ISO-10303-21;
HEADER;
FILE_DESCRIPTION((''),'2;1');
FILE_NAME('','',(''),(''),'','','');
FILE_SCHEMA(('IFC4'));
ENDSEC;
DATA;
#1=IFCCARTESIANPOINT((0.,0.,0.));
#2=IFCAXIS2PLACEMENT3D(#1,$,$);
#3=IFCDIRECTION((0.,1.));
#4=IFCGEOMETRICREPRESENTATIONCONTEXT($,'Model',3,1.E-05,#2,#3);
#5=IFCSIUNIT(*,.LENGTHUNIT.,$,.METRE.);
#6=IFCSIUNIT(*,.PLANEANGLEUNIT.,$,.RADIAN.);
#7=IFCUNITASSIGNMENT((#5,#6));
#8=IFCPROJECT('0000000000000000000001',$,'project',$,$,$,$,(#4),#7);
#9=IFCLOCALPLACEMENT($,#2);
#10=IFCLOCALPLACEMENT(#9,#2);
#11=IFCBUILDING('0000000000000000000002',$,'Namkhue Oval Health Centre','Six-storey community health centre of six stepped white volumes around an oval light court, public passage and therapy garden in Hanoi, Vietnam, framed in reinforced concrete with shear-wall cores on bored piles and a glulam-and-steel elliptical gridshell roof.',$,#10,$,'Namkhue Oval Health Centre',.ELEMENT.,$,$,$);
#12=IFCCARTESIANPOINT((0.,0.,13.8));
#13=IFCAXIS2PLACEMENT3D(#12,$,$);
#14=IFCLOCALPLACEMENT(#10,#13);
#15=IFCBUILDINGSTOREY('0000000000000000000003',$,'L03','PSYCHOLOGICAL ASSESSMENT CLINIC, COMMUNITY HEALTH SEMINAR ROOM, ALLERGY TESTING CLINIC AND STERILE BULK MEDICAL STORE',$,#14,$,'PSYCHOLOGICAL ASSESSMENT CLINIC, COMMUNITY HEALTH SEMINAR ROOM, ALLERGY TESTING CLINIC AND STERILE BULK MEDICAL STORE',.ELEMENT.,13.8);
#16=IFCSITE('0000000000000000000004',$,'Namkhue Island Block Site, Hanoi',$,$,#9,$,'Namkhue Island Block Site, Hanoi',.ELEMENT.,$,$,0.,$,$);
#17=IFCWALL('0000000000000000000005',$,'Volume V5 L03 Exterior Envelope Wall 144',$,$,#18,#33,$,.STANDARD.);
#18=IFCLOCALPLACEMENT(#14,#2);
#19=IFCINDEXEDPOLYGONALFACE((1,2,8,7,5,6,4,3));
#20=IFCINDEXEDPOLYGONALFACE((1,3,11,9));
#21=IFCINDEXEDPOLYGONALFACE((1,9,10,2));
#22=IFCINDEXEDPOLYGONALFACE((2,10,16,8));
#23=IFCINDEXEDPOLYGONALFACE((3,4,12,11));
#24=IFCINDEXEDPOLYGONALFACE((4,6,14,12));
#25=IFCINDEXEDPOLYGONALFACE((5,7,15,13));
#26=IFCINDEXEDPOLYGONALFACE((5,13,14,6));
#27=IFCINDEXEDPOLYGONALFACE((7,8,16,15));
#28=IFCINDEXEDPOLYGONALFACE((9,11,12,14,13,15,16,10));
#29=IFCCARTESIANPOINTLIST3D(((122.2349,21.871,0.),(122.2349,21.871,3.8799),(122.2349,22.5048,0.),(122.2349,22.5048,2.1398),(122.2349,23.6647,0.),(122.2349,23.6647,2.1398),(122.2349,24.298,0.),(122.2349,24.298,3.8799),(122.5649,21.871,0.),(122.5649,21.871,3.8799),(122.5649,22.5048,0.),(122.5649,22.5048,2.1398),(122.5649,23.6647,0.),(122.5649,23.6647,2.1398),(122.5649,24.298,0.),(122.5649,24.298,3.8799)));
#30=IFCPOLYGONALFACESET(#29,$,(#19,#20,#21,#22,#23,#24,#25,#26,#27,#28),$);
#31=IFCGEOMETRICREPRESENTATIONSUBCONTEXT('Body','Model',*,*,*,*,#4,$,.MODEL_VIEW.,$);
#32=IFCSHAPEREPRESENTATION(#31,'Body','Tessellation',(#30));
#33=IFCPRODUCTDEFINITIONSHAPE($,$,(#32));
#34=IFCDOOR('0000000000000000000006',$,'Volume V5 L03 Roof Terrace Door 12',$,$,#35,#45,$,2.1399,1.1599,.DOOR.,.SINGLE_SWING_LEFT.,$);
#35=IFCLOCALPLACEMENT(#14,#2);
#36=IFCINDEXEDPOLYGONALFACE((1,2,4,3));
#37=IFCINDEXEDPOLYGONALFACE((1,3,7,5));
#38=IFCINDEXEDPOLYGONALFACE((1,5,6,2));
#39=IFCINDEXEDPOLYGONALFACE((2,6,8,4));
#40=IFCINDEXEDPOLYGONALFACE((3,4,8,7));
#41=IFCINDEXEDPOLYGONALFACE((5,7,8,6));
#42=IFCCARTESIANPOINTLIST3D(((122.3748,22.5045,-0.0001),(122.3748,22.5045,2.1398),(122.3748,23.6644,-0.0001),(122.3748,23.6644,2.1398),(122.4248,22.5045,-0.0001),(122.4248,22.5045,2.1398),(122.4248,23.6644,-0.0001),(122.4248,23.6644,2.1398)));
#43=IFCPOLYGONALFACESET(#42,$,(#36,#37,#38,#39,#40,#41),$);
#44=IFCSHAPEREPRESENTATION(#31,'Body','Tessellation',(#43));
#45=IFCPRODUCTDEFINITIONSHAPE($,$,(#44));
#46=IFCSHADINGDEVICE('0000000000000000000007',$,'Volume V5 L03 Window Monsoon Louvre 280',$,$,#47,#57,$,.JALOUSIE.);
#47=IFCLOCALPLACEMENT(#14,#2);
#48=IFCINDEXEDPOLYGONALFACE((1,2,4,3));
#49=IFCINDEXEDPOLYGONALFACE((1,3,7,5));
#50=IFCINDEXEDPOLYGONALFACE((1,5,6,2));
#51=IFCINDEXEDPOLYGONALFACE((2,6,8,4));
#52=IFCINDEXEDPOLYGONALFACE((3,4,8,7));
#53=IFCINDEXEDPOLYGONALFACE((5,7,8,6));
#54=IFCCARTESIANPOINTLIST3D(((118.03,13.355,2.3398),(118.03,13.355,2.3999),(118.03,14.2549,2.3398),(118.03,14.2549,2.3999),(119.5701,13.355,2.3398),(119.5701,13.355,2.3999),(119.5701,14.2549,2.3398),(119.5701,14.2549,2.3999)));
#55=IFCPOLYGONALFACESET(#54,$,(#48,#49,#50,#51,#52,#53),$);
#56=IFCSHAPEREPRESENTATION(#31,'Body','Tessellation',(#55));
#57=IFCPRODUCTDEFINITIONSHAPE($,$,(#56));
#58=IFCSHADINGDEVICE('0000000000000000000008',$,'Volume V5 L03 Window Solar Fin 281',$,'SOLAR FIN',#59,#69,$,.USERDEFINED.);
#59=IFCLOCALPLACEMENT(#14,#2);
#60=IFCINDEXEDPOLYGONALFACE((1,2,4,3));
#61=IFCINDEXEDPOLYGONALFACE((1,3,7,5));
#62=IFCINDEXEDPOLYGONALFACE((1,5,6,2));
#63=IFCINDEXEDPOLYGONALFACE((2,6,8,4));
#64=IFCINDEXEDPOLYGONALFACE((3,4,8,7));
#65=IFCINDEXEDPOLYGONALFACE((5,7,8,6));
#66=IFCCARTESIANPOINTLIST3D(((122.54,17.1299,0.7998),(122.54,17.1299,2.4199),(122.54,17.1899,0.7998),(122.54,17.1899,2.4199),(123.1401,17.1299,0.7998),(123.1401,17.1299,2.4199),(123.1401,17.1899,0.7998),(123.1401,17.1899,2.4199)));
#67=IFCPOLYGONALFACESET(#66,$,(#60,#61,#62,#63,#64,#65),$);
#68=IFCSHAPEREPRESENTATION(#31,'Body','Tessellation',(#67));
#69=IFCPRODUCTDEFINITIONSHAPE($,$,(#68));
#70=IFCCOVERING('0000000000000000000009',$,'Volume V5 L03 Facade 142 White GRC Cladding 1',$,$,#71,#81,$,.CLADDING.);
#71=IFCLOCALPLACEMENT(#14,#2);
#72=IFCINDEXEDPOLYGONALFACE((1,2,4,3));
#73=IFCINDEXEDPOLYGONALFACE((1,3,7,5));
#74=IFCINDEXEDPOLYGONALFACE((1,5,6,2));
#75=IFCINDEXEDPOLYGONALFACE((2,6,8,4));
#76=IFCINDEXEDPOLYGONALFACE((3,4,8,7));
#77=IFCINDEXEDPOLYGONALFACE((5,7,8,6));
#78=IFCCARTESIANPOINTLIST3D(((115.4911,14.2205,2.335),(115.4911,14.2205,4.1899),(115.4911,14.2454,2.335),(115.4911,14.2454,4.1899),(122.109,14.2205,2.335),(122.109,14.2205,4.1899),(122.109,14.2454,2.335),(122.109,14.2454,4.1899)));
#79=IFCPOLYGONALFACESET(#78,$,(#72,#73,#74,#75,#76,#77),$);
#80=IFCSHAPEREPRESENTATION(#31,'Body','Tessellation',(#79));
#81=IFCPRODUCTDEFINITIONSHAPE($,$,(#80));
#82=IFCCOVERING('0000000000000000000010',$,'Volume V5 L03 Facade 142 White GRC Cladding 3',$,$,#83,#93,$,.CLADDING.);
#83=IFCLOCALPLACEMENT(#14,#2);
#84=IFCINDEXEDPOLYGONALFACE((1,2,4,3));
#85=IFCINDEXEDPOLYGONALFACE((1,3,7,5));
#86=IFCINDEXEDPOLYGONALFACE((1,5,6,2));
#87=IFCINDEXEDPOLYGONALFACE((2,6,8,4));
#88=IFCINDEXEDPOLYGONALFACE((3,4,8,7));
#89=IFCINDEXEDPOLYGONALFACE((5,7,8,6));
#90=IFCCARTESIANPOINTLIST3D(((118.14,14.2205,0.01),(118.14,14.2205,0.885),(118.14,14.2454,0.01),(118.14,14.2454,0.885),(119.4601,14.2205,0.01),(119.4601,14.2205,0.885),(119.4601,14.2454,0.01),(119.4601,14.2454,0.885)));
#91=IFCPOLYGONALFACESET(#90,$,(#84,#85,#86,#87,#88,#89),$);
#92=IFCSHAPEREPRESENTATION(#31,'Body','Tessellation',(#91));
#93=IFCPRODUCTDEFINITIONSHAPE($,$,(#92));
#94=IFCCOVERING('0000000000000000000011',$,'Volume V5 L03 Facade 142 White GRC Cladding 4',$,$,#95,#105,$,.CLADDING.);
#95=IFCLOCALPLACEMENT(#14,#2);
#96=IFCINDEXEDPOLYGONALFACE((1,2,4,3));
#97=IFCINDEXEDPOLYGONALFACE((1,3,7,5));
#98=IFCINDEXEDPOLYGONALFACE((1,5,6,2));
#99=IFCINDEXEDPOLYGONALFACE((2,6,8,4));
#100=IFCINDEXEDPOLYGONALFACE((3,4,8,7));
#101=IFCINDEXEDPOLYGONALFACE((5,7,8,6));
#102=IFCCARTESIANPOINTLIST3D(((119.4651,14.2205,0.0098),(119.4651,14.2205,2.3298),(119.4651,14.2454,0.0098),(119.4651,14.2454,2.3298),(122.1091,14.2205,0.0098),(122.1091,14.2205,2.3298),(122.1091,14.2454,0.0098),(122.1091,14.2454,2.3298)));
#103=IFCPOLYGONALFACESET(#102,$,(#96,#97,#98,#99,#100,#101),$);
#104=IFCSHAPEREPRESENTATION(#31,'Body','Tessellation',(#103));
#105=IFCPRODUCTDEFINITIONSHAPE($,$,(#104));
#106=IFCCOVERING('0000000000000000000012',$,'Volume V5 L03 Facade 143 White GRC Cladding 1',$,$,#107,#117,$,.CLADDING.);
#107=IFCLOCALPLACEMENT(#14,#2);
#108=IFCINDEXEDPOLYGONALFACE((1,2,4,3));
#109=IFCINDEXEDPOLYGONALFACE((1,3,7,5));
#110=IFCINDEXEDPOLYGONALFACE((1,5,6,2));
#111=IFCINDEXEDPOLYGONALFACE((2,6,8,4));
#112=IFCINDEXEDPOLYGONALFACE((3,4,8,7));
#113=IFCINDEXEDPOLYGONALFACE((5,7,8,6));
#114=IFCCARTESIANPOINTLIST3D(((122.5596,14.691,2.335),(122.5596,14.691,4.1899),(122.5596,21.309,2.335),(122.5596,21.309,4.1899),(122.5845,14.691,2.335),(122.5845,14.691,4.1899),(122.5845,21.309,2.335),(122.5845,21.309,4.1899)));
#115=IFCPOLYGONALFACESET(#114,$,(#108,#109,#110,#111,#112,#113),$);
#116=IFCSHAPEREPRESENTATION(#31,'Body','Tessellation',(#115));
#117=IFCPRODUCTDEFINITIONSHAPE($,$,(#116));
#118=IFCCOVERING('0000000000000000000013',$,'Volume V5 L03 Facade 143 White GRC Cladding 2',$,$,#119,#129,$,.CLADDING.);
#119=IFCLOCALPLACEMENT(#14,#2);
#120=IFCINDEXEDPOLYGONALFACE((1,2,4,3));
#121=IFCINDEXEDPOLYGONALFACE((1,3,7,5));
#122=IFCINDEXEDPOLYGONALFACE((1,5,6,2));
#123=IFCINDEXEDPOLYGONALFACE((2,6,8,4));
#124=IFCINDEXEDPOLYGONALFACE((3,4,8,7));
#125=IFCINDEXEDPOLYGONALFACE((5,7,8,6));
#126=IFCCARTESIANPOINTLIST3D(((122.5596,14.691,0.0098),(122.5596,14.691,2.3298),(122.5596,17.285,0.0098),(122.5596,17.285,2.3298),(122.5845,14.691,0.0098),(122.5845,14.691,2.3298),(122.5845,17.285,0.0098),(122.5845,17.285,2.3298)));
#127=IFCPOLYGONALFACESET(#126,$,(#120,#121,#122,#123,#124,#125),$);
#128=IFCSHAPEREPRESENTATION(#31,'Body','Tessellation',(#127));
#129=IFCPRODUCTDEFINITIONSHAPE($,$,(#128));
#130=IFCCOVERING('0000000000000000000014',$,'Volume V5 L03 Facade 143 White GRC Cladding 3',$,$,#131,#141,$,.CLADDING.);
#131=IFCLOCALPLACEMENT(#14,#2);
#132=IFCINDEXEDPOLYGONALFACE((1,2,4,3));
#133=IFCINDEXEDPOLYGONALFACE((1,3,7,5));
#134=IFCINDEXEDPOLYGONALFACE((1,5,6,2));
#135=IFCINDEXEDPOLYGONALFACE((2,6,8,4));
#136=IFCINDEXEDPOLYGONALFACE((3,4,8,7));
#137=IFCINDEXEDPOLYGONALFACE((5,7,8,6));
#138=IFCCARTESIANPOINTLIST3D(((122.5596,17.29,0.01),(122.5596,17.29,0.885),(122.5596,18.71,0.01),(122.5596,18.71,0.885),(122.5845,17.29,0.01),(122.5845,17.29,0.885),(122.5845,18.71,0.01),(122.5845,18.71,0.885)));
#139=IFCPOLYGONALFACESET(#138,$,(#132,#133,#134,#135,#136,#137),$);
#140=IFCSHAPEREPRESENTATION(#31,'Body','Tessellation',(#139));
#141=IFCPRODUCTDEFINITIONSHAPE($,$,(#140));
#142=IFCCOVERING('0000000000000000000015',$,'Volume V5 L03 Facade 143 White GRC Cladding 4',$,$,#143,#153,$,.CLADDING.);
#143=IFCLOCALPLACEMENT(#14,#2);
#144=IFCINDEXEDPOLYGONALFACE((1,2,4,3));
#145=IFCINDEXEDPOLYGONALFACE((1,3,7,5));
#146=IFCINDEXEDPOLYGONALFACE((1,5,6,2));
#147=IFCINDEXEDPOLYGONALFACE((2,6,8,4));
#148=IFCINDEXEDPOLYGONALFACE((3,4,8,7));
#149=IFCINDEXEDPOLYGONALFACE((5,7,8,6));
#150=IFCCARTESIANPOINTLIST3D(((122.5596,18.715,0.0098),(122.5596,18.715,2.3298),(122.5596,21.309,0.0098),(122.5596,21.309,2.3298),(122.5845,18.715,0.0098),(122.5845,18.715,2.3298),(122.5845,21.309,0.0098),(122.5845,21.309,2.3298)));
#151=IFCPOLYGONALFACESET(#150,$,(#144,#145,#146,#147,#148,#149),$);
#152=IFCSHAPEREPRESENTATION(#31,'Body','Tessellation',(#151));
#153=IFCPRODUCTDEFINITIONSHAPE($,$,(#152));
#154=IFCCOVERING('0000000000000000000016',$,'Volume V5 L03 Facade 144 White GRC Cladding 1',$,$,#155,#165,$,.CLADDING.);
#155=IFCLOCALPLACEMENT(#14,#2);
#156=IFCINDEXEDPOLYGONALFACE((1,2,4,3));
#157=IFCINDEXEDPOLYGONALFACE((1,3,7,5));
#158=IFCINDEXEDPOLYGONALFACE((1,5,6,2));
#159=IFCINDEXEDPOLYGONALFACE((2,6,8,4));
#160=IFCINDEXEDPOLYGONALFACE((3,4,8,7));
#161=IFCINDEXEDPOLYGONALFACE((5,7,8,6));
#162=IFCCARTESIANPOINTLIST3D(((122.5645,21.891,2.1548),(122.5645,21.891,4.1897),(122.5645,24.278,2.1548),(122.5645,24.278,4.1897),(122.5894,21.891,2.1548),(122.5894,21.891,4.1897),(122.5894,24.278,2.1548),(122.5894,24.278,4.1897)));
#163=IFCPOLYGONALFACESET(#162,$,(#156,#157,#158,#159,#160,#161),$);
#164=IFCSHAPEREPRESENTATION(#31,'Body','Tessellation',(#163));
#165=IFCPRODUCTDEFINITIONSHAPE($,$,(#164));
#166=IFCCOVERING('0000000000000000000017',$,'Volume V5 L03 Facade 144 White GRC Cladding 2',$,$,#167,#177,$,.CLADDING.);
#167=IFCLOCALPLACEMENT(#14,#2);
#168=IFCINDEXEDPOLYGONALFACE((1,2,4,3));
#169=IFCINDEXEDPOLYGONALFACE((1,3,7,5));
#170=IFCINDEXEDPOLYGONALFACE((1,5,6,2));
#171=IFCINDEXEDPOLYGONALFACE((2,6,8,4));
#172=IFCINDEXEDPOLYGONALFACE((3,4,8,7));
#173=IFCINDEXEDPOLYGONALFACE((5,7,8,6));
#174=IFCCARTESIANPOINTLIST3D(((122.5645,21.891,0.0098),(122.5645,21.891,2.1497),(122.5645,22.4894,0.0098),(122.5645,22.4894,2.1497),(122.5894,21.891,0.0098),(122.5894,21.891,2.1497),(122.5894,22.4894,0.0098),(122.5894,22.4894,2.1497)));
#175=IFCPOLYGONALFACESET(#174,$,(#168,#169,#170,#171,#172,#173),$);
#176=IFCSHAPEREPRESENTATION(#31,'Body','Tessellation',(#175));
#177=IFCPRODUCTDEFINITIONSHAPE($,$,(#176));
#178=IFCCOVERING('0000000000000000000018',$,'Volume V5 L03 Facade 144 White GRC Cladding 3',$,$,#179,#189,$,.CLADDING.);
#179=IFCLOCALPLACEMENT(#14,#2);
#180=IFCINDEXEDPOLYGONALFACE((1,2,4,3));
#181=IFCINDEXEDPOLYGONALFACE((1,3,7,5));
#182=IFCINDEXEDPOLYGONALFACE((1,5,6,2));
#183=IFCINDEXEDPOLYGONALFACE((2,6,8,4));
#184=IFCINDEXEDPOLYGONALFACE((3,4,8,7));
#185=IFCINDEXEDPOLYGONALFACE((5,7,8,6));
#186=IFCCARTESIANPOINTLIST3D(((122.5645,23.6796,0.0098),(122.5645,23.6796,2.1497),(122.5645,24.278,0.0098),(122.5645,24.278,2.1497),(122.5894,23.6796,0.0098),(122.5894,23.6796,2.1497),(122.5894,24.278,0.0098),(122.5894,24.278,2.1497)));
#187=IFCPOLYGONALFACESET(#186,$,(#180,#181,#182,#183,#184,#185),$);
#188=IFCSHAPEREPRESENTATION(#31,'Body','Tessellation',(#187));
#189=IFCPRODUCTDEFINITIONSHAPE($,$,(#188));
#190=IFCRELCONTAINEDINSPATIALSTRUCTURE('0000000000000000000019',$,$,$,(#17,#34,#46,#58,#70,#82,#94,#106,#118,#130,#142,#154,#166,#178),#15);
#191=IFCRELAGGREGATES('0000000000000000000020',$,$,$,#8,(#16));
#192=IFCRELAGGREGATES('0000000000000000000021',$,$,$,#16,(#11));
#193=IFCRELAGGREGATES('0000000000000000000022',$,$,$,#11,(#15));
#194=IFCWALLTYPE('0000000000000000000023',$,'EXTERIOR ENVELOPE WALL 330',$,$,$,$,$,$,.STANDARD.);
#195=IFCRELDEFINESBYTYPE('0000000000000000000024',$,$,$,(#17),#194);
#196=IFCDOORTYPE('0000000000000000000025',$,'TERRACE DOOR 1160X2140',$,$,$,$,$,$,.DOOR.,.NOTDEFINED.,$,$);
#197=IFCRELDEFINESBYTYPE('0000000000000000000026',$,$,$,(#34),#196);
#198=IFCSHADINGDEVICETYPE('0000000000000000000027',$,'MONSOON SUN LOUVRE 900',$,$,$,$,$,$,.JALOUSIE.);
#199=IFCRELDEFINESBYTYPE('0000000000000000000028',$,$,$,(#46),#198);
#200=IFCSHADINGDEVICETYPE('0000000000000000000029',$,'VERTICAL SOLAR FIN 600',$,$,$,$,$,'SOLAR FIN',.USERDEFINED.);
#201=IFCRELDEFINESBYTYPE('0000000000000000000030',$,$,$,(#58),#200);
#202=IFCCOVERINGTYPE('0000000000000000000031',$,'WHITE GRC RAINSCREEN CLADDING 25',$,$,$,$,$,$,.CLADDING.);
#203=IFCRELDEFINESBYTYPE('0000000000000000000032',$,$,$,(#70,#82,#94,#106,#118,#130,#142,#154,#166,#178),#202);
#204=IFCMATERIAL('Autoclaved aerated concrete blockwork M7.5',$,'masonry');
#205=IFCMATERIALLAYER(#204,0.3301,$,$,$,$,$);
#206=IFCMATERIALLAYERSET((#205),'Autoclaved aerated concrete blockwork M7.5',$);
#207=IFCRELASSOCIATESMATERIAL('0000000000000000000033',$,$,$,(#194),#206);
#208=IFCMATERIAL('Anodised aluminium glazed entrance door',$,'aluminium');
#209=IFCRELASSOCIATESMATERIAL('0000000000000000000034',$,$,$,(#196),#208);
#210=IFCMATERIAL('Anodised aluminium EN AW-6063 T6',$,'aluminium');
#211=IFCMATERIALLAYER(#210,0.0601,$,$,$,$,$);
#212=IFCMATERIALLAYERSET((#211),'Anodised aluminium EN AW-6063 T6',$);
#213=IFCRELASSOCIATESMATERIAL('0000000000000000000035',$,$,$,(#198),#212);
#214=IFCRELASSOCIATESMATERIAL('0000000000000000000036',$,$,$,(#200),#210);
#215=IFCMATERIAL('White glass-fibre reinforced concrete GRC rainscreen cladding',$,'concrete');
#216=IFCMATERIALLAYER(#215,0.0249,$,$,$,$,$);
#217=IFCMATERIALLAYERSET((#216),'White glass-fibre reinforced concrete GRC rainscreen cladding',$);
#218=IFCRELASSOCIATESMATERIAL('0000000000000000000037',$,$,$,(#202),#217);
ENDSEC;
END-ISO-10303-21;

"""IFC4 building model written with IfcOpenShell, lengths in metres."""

from ifc_helpers import new_model, si_unit, direction, frame, frame_2d, origin, origin_2d, place, context, subcontext, project, spatial, rectangle, extrude, material, layer, layer_set, type_object, element, fill, save


model = new_model("IFC4")

# Units and contexts
model_context = context("Model", 3, precision=1e-05, world=origin(), true_north=direction((0.0, 1.0)))
body_context = subcontext(model_context, "Body", "Model", "MODEL_VIEW")
ifc_project = project(units=[si_unit("LENGTHUNIT", "METRE"), si_unit("PLANEANGLEUNIT", "RADIAN")], contexts=[model_context])

# Site, building, storey
site_placement = place(None, origin())
site = spatial("IfcSite", under=ifc_project, at=site_placement, Name="Namkhue Island Block Site, Hanoi", LongName="Namkhue Island Block Site, Hanoi", CompositionType="ELEMENT", RefElevation=0.0)
building_placement = place(site_placement, origin())
building = spatial("IfcBuilding", under=site, at=building_placement, Name="Namkhue Oval Health Centre", Description="Six-storey community health centre of six stepped white volumes around an oval light court, public passage and therapy garden in Hanoi, Vietnam, framed in reinforced concrete with shear-wall cores on bored piles and a glulam-and-steel elliptical gridshell roof.", LongName="Namkhue Oval Health Centre", CompositionType="ELEMENT")
storey_placement = place(building_placement, frame((0.0, 0.0, 13.8)))
storey = spatial("IfcBuildingStorey", under=building, at=storey_placement, Name="L03", Description="PSYCHOLOGICAL ASSESSMENT CLINIC, COMMUNITY HEALTH SEMINAR ROOM, ALLERGY TESTING CLINIC AND STERILE BULK MEDICAL STORE", LongName="PSYCHOLOGICAL ASSESSMENT CLINIC, COMMUNITY HEALTH SEMINAR ROOM, ALLERGY TESTING CLINIC AND STERILE BULK MEDICAL STORE", CompositionType="ELEMENT", Elevation=13.8)

# Shared definitions
ifc_material_1 = material(Name="Autoclaved aerated concrete blockwork M7.5", Category="masonry")

# Wall, opening, door
ifc_layer_1 = layer(ifc_material_1, 0.3301)
ifc_layer_set_1 = layer_set([ifc_layer_1], Name="Autoclaved aerated concrete blockwork M7.5")
wall_type_1 = type_object("IfcWallType", Name="EXTERIOR ENVELOPE WALL 330", PredefinedType="STANDARD", material=ifc_layer_set_1)
wall_1_placement = place(storey_placement, frame((122.3999, 21.8711, 0.0), z_axis=(0.0, 0.0, 1.0), x_axis=(0.0, 1.0, 0.0)))
wall_1 = element("IfcWall", 1, at=wall_1_placement, inside=storey, type_object=wall_type_1, Name="Volume V5 L03 Exterior Envelope Wall 144", PredefinedType="STANDARD", context=body_context, shape_type="SweptSolid", body=[
    extrude(rectangle(XDim=2.427, YDim=0.3301, at=frame_2d((1.2134, 0.0))), origin(), (0.0, 0.0, 1.0), 3.8799),
])
opening_1_placement = place(wall_1_placement, frame((0.6335, 0.0, 0.0)))
opening_1 = element("IfcOpeningElement", 2, at=opening_1_placement, cuts=wall_1, PredefinedType="OPENING", context=body_context, shape_type="SweptSolid", body=[
    extrude(rectangle(XDim=1.1599, YDim=2.1399, at=frame_2d((0.5801, 1.0698))), frame((0.0, 0.175, 0.0), z_axis=(0.0, -1.0, 0.0), x_axis=(1.0, 0.0, 0.0)), (0.0, 0.0, 1.0), 0.3501),
])
ifc_material_2 = material(Name="Anodised aluminium glazed entrance door", Category="aluminium")
door_type = type_object("IfcDoorType", Name="TERRACE DOOR 1160X2140", OperationType="NOTDEFINED", PredefinedType="DOOR", material=ifc_material_2)
door_placement = place(opening_1_placement, frame((1.1599, 0.0, 0.0), z_axis=(0.0, 0.0, 1.0), x_axis=(-1.0, 0.0, 0.0)))
door = element("IfcDoor", 3, at=door_placement, inside=storey, type_object=door_type, Name="Volume V5 L03 Roof Terrace Door 12", OperationType="SINGLE_SWING_LEFT", OverallHeight=2.1399, OverallWidth=1.1599, PredefinedType="DOOR", context=body_context, shape_type="SweptSolid", body=[
    extrude(rectangle(XDim=1.1599, YDim=2.1399, at=frame_2d((0.5801, 1.0698))), frame((0.0, 0.0249, 0.0), z_axis=(0.0, -1.0, 0.0), x_axis=(1.0, 0.0, 0.0)), (0.0, 0.0, 1.0), 0.05),
])
fill(opening_1, door)

# Shading devices
ifc_material_3 = material(Name="Anodised aluminium EN AW-6063 T6", Category="aluminium")
ifc_layer_2 = layer(ifc_material_3, 0.0601)
ifc_layer_set_2 = layer_set([ifc_layer_2], Name="Anodised aluminium EN AW-6063 T6")
shading_device_type_1 = type_object("IfcShadingDeviceType", Name="MONSOON SUN LOUVRE 900", PredefinedType="JALOUSIE", material=ifc_layer_set_2)
shading_device_1_placement = place(storey_placement, frame((118.8, 13.8049, 2.3398), z_axis=(0.0, 0.0, 1.0), x_axis=(1.0, 0.0, 0.0)))
element("IfcShadingDevice", 4, at=shading_device_1_placement, inside=storey, type_object=shading_device_type_1, Name="Volume V5 L03 Window Monsoon Louvre 280", PredefinedType="JALOUSIE", context=body_context, shape_type="SweptSolid", body=[
    extrude(rectangle(XDim=1.54, YDim=0.8999, at=origin_2d()), origin(), (0.0, 0.0, 1.0), 0.0601),
])
shading_device_type_2 = type_object("IfcShadingDeviceType", Name="VERTICAL SOLAR FIN 600", ElementType="SOLAR FIN", PredefinedType="USERDEFINED", material=ifc_material_3)
shading_device_2_placement = place(storey_placement, frame((122.8401, 17.1599, 0.7998), z_axis=(0.0, 0.0, 1.0), x_axis=(1.0, 0.0, 0.0)))
element("IfcShadingDevice", 5, at=shading_device_2_placement, inside=storey, type_object=shading_device_type_2, Name="Volume V5 L03 Window Solar Fin 281", ObjectType="SOLAR FIN", PredefinedType="USERDEFINED", context=body_context, shape_type="SweptSolid", body=[
    extrude(rectangle(XDim=0.6001, YDim=0.0601, at=origin_2d()), origin(), (0.0, 0.0, 1.0), 1.6201),
])

# Coverings
ifc_material_4 = material(Name="White glass-fibre reinforced concrete GRC rainscreen cladding", Category="concrete")
ifc_layer_3 = layer(ifc_material_4, 0.0249)
ifc_layer_set_3 = layer_set([ifc_layer_3], Name="White glass-fibre reinforced concrete GRC rainscreen cladding")
covering_type = type_object("IfcCoveringType", Name="WHITE GRC RAINSCREEN CLADDING 25", PredefinedType="CLADDING", material=ifc_layer_set_3)
covering_1_placement = place(storey_placement, frame((118.8, 14.2329, 2.335), z_axis=(0.0, 0.0, 1.0), x_axis=(1.0, 0.0, 0.0)))
element("IfcCovering", 6, at=covering_1_placement, inside=storey, type_object=covering_type, Name="Volume V5 L03 Facade 142 White GRC Cladding 1", PredefinedType="CLADDING", context=body_context, shape_type="SweptSolid", body=[
    extrude(rectangle(XDim=6.6179, YDim=0.0249, at=origin_2d()), origin(), (0.0, 0.0, 1.0), 1.855),
])
covering_2_placement = place(storey_placement, frame((118.8, 14.2329, 0.01), z_axis=(0.0, 0.0, 1.0), x_axis=(1.0, 0.0, 0.0)))
element("IfcCovering", 7, at=covering_2_placement, inside=storey, type_object=covering_type, Name="Volume V5 L03 Facade 142 White GRC Cladding 3", PredefinedType="CLADDING", context=body_context, shape_type="SweptSolid", body=[
    extrude(rectangle(XDim=1.3201, YDim=0.0249, at=origin_2d()), origin(), (0.0, 0.0, 1.0), 0.875),
])
covering_3_placement = place(storey_placement, frame((120.7871, 14.2329, 0.0098), z_axis=(0.0, 0.0, 1.0), x_axis=(1.0, 0.0, 0.0)))
element("IfcCovering", 8, at=covering_3_placement, inside=storey, type_object=covering_type, Name="Volume V5 L03 Facade 142 White GRC Cladding 4", PredefinedType="CLADDING", context=body_context, shape_type="SweptSolid", body=[
    extrude(rectangle(XDim=2.644, YDim=0.0249, at=origin_2d()), origin(), (0.0, 0.0, 1.0), 2.3201),
])
covering_4_placement = place(storey_placement, frame((122.572, 18.0, 2.335), z_axis=(0.0, 0.0, 1.0), x_axis=(0.0, 1.0, 0.0)))
element("IfcCovering", 9, at=covering_4_placement, inside=storey, type_object=covering_type, Name="Volume V5 L03 Facade 143 White GRC Cladding 1", PredefinedType="CLADDING", context=body_context, shape_type="SweptSolid", body=[
    extrude(rectangle(XDim=6.6179, YDim=0.0249, at=origin_2d()), origin(), (0.0, 0.0, 1.0), 1.855),
])
covering_5_placement = place(storey_placement, frame((122.572, 15.988, 0.0098), z_axis=(0.0, 0.0, 1.0), x_axis=(0.0, 1.0, 0.0)))
element("IfcCovering", 10, at=covering_5_placement, inside=storey, type_object=covering_type, Name="Volume V5 L03 Facade 143 White GRC Cladding 2", PredefinedType="CLADDING", context=body_context, shape_type="SweptSolid", body=[
    extrude(rectangle(XDim=2.594, YDim=0.0249, at=origin_2d()), origin(), (0.0, 0.0, 1.0), 2.3201),
])
covering_6_placement = place(storey_placement, frame((122.572, 18.0, 0.01), z_axis=(0.0, 0.0, 1.0), x_axis=(0.0, 1.0, 0.0)))
element("IfcCovering", 11, at=covering_6_placement, inside=storey, type_object=covering_type, Name="Volume V5 L03 Facade 143 White GRC Cladding 3", PredefinedType="CLADDING", context=body_context, shape_type="SweptSolid", body=[
    extrude(rectangle(XDim=1.4199, YDim=0.0249, at=origin_2d()), origin(), (0.0, 0.0, 1.0), 0.875),
])
covering_7_placement = place(storey_placement, frame((122.572, 20.012, 0.0098), z_axis=(0.0, 0.0, 1.0), x_axis=(0.0, 1.0, 0.0)))
element("IfcCovering", 12, at=covering_7_placement, inside=storey, type_object=covering_type, Name="Volume V5 L03 Facade 143 White GRC Cladding 4", PredefinedType="CLADDING", context=body_context, shape_type="SweptSolid", body=[
    extrude(rectangle(XDim=2.594, YDim=0.0249, at=origin_2d()), origin(), (0.0, 0.0, 1.0), 2.3201),
])
covering_8_placement = place(storey_placement, frame((122.5769, 23.0845, 2.1548), z_axis=(0.0, 0.0, 1.0), x_axis=(0.0, 1.0, 0.0)))
element("IfcCovering", 13, at=covering_8_placement, inside=storey, type_object=covering_type, Name="Volume V5 L03 Facade 144 White GRC Cladding 1", PredefinedType="CLADDING", context=body_context, shape_type="SweptSolid", body=[
    extrude(rectangle(XDim=2.387, YDim=0.0249, at=origin_2d()), origin(), (0.0, 0.0, 1.0), 2.0349),
])
for number, where, z_axis, x_axis, name in (
    (14, (122.5769, 22.1902, 0.0098), (0.0, 0.0, 1.0), (0.0, 1.0, 0.0), "Volume V5 L03 Facade 144 White GRC Cladding 2"),
    (15, (122.5769, 23.9788, 0.0098), (0.0, 0.0, 1.0), (0.0, 1.0, 0.0), "Volume V5 L03 Facade 144 White GRC Cladding 3"),
):
    element("IfcCovering", number, at=place(storey_placement, frame(where, z_axis=z_axis, x_axis=x_axis)), inside=storey, type_object=covering_type, Name=name, PredefinedType="CLADDING", context=body_context, shape_type="SweptSolid", body=[
        extrude(rectangle(XDim=0.5984, YDim=0.0249, at=origin_2d()), origin(), (0.0, 0.0, 1.0), 2.1399),
    ])

save(model, "model.ifc")
